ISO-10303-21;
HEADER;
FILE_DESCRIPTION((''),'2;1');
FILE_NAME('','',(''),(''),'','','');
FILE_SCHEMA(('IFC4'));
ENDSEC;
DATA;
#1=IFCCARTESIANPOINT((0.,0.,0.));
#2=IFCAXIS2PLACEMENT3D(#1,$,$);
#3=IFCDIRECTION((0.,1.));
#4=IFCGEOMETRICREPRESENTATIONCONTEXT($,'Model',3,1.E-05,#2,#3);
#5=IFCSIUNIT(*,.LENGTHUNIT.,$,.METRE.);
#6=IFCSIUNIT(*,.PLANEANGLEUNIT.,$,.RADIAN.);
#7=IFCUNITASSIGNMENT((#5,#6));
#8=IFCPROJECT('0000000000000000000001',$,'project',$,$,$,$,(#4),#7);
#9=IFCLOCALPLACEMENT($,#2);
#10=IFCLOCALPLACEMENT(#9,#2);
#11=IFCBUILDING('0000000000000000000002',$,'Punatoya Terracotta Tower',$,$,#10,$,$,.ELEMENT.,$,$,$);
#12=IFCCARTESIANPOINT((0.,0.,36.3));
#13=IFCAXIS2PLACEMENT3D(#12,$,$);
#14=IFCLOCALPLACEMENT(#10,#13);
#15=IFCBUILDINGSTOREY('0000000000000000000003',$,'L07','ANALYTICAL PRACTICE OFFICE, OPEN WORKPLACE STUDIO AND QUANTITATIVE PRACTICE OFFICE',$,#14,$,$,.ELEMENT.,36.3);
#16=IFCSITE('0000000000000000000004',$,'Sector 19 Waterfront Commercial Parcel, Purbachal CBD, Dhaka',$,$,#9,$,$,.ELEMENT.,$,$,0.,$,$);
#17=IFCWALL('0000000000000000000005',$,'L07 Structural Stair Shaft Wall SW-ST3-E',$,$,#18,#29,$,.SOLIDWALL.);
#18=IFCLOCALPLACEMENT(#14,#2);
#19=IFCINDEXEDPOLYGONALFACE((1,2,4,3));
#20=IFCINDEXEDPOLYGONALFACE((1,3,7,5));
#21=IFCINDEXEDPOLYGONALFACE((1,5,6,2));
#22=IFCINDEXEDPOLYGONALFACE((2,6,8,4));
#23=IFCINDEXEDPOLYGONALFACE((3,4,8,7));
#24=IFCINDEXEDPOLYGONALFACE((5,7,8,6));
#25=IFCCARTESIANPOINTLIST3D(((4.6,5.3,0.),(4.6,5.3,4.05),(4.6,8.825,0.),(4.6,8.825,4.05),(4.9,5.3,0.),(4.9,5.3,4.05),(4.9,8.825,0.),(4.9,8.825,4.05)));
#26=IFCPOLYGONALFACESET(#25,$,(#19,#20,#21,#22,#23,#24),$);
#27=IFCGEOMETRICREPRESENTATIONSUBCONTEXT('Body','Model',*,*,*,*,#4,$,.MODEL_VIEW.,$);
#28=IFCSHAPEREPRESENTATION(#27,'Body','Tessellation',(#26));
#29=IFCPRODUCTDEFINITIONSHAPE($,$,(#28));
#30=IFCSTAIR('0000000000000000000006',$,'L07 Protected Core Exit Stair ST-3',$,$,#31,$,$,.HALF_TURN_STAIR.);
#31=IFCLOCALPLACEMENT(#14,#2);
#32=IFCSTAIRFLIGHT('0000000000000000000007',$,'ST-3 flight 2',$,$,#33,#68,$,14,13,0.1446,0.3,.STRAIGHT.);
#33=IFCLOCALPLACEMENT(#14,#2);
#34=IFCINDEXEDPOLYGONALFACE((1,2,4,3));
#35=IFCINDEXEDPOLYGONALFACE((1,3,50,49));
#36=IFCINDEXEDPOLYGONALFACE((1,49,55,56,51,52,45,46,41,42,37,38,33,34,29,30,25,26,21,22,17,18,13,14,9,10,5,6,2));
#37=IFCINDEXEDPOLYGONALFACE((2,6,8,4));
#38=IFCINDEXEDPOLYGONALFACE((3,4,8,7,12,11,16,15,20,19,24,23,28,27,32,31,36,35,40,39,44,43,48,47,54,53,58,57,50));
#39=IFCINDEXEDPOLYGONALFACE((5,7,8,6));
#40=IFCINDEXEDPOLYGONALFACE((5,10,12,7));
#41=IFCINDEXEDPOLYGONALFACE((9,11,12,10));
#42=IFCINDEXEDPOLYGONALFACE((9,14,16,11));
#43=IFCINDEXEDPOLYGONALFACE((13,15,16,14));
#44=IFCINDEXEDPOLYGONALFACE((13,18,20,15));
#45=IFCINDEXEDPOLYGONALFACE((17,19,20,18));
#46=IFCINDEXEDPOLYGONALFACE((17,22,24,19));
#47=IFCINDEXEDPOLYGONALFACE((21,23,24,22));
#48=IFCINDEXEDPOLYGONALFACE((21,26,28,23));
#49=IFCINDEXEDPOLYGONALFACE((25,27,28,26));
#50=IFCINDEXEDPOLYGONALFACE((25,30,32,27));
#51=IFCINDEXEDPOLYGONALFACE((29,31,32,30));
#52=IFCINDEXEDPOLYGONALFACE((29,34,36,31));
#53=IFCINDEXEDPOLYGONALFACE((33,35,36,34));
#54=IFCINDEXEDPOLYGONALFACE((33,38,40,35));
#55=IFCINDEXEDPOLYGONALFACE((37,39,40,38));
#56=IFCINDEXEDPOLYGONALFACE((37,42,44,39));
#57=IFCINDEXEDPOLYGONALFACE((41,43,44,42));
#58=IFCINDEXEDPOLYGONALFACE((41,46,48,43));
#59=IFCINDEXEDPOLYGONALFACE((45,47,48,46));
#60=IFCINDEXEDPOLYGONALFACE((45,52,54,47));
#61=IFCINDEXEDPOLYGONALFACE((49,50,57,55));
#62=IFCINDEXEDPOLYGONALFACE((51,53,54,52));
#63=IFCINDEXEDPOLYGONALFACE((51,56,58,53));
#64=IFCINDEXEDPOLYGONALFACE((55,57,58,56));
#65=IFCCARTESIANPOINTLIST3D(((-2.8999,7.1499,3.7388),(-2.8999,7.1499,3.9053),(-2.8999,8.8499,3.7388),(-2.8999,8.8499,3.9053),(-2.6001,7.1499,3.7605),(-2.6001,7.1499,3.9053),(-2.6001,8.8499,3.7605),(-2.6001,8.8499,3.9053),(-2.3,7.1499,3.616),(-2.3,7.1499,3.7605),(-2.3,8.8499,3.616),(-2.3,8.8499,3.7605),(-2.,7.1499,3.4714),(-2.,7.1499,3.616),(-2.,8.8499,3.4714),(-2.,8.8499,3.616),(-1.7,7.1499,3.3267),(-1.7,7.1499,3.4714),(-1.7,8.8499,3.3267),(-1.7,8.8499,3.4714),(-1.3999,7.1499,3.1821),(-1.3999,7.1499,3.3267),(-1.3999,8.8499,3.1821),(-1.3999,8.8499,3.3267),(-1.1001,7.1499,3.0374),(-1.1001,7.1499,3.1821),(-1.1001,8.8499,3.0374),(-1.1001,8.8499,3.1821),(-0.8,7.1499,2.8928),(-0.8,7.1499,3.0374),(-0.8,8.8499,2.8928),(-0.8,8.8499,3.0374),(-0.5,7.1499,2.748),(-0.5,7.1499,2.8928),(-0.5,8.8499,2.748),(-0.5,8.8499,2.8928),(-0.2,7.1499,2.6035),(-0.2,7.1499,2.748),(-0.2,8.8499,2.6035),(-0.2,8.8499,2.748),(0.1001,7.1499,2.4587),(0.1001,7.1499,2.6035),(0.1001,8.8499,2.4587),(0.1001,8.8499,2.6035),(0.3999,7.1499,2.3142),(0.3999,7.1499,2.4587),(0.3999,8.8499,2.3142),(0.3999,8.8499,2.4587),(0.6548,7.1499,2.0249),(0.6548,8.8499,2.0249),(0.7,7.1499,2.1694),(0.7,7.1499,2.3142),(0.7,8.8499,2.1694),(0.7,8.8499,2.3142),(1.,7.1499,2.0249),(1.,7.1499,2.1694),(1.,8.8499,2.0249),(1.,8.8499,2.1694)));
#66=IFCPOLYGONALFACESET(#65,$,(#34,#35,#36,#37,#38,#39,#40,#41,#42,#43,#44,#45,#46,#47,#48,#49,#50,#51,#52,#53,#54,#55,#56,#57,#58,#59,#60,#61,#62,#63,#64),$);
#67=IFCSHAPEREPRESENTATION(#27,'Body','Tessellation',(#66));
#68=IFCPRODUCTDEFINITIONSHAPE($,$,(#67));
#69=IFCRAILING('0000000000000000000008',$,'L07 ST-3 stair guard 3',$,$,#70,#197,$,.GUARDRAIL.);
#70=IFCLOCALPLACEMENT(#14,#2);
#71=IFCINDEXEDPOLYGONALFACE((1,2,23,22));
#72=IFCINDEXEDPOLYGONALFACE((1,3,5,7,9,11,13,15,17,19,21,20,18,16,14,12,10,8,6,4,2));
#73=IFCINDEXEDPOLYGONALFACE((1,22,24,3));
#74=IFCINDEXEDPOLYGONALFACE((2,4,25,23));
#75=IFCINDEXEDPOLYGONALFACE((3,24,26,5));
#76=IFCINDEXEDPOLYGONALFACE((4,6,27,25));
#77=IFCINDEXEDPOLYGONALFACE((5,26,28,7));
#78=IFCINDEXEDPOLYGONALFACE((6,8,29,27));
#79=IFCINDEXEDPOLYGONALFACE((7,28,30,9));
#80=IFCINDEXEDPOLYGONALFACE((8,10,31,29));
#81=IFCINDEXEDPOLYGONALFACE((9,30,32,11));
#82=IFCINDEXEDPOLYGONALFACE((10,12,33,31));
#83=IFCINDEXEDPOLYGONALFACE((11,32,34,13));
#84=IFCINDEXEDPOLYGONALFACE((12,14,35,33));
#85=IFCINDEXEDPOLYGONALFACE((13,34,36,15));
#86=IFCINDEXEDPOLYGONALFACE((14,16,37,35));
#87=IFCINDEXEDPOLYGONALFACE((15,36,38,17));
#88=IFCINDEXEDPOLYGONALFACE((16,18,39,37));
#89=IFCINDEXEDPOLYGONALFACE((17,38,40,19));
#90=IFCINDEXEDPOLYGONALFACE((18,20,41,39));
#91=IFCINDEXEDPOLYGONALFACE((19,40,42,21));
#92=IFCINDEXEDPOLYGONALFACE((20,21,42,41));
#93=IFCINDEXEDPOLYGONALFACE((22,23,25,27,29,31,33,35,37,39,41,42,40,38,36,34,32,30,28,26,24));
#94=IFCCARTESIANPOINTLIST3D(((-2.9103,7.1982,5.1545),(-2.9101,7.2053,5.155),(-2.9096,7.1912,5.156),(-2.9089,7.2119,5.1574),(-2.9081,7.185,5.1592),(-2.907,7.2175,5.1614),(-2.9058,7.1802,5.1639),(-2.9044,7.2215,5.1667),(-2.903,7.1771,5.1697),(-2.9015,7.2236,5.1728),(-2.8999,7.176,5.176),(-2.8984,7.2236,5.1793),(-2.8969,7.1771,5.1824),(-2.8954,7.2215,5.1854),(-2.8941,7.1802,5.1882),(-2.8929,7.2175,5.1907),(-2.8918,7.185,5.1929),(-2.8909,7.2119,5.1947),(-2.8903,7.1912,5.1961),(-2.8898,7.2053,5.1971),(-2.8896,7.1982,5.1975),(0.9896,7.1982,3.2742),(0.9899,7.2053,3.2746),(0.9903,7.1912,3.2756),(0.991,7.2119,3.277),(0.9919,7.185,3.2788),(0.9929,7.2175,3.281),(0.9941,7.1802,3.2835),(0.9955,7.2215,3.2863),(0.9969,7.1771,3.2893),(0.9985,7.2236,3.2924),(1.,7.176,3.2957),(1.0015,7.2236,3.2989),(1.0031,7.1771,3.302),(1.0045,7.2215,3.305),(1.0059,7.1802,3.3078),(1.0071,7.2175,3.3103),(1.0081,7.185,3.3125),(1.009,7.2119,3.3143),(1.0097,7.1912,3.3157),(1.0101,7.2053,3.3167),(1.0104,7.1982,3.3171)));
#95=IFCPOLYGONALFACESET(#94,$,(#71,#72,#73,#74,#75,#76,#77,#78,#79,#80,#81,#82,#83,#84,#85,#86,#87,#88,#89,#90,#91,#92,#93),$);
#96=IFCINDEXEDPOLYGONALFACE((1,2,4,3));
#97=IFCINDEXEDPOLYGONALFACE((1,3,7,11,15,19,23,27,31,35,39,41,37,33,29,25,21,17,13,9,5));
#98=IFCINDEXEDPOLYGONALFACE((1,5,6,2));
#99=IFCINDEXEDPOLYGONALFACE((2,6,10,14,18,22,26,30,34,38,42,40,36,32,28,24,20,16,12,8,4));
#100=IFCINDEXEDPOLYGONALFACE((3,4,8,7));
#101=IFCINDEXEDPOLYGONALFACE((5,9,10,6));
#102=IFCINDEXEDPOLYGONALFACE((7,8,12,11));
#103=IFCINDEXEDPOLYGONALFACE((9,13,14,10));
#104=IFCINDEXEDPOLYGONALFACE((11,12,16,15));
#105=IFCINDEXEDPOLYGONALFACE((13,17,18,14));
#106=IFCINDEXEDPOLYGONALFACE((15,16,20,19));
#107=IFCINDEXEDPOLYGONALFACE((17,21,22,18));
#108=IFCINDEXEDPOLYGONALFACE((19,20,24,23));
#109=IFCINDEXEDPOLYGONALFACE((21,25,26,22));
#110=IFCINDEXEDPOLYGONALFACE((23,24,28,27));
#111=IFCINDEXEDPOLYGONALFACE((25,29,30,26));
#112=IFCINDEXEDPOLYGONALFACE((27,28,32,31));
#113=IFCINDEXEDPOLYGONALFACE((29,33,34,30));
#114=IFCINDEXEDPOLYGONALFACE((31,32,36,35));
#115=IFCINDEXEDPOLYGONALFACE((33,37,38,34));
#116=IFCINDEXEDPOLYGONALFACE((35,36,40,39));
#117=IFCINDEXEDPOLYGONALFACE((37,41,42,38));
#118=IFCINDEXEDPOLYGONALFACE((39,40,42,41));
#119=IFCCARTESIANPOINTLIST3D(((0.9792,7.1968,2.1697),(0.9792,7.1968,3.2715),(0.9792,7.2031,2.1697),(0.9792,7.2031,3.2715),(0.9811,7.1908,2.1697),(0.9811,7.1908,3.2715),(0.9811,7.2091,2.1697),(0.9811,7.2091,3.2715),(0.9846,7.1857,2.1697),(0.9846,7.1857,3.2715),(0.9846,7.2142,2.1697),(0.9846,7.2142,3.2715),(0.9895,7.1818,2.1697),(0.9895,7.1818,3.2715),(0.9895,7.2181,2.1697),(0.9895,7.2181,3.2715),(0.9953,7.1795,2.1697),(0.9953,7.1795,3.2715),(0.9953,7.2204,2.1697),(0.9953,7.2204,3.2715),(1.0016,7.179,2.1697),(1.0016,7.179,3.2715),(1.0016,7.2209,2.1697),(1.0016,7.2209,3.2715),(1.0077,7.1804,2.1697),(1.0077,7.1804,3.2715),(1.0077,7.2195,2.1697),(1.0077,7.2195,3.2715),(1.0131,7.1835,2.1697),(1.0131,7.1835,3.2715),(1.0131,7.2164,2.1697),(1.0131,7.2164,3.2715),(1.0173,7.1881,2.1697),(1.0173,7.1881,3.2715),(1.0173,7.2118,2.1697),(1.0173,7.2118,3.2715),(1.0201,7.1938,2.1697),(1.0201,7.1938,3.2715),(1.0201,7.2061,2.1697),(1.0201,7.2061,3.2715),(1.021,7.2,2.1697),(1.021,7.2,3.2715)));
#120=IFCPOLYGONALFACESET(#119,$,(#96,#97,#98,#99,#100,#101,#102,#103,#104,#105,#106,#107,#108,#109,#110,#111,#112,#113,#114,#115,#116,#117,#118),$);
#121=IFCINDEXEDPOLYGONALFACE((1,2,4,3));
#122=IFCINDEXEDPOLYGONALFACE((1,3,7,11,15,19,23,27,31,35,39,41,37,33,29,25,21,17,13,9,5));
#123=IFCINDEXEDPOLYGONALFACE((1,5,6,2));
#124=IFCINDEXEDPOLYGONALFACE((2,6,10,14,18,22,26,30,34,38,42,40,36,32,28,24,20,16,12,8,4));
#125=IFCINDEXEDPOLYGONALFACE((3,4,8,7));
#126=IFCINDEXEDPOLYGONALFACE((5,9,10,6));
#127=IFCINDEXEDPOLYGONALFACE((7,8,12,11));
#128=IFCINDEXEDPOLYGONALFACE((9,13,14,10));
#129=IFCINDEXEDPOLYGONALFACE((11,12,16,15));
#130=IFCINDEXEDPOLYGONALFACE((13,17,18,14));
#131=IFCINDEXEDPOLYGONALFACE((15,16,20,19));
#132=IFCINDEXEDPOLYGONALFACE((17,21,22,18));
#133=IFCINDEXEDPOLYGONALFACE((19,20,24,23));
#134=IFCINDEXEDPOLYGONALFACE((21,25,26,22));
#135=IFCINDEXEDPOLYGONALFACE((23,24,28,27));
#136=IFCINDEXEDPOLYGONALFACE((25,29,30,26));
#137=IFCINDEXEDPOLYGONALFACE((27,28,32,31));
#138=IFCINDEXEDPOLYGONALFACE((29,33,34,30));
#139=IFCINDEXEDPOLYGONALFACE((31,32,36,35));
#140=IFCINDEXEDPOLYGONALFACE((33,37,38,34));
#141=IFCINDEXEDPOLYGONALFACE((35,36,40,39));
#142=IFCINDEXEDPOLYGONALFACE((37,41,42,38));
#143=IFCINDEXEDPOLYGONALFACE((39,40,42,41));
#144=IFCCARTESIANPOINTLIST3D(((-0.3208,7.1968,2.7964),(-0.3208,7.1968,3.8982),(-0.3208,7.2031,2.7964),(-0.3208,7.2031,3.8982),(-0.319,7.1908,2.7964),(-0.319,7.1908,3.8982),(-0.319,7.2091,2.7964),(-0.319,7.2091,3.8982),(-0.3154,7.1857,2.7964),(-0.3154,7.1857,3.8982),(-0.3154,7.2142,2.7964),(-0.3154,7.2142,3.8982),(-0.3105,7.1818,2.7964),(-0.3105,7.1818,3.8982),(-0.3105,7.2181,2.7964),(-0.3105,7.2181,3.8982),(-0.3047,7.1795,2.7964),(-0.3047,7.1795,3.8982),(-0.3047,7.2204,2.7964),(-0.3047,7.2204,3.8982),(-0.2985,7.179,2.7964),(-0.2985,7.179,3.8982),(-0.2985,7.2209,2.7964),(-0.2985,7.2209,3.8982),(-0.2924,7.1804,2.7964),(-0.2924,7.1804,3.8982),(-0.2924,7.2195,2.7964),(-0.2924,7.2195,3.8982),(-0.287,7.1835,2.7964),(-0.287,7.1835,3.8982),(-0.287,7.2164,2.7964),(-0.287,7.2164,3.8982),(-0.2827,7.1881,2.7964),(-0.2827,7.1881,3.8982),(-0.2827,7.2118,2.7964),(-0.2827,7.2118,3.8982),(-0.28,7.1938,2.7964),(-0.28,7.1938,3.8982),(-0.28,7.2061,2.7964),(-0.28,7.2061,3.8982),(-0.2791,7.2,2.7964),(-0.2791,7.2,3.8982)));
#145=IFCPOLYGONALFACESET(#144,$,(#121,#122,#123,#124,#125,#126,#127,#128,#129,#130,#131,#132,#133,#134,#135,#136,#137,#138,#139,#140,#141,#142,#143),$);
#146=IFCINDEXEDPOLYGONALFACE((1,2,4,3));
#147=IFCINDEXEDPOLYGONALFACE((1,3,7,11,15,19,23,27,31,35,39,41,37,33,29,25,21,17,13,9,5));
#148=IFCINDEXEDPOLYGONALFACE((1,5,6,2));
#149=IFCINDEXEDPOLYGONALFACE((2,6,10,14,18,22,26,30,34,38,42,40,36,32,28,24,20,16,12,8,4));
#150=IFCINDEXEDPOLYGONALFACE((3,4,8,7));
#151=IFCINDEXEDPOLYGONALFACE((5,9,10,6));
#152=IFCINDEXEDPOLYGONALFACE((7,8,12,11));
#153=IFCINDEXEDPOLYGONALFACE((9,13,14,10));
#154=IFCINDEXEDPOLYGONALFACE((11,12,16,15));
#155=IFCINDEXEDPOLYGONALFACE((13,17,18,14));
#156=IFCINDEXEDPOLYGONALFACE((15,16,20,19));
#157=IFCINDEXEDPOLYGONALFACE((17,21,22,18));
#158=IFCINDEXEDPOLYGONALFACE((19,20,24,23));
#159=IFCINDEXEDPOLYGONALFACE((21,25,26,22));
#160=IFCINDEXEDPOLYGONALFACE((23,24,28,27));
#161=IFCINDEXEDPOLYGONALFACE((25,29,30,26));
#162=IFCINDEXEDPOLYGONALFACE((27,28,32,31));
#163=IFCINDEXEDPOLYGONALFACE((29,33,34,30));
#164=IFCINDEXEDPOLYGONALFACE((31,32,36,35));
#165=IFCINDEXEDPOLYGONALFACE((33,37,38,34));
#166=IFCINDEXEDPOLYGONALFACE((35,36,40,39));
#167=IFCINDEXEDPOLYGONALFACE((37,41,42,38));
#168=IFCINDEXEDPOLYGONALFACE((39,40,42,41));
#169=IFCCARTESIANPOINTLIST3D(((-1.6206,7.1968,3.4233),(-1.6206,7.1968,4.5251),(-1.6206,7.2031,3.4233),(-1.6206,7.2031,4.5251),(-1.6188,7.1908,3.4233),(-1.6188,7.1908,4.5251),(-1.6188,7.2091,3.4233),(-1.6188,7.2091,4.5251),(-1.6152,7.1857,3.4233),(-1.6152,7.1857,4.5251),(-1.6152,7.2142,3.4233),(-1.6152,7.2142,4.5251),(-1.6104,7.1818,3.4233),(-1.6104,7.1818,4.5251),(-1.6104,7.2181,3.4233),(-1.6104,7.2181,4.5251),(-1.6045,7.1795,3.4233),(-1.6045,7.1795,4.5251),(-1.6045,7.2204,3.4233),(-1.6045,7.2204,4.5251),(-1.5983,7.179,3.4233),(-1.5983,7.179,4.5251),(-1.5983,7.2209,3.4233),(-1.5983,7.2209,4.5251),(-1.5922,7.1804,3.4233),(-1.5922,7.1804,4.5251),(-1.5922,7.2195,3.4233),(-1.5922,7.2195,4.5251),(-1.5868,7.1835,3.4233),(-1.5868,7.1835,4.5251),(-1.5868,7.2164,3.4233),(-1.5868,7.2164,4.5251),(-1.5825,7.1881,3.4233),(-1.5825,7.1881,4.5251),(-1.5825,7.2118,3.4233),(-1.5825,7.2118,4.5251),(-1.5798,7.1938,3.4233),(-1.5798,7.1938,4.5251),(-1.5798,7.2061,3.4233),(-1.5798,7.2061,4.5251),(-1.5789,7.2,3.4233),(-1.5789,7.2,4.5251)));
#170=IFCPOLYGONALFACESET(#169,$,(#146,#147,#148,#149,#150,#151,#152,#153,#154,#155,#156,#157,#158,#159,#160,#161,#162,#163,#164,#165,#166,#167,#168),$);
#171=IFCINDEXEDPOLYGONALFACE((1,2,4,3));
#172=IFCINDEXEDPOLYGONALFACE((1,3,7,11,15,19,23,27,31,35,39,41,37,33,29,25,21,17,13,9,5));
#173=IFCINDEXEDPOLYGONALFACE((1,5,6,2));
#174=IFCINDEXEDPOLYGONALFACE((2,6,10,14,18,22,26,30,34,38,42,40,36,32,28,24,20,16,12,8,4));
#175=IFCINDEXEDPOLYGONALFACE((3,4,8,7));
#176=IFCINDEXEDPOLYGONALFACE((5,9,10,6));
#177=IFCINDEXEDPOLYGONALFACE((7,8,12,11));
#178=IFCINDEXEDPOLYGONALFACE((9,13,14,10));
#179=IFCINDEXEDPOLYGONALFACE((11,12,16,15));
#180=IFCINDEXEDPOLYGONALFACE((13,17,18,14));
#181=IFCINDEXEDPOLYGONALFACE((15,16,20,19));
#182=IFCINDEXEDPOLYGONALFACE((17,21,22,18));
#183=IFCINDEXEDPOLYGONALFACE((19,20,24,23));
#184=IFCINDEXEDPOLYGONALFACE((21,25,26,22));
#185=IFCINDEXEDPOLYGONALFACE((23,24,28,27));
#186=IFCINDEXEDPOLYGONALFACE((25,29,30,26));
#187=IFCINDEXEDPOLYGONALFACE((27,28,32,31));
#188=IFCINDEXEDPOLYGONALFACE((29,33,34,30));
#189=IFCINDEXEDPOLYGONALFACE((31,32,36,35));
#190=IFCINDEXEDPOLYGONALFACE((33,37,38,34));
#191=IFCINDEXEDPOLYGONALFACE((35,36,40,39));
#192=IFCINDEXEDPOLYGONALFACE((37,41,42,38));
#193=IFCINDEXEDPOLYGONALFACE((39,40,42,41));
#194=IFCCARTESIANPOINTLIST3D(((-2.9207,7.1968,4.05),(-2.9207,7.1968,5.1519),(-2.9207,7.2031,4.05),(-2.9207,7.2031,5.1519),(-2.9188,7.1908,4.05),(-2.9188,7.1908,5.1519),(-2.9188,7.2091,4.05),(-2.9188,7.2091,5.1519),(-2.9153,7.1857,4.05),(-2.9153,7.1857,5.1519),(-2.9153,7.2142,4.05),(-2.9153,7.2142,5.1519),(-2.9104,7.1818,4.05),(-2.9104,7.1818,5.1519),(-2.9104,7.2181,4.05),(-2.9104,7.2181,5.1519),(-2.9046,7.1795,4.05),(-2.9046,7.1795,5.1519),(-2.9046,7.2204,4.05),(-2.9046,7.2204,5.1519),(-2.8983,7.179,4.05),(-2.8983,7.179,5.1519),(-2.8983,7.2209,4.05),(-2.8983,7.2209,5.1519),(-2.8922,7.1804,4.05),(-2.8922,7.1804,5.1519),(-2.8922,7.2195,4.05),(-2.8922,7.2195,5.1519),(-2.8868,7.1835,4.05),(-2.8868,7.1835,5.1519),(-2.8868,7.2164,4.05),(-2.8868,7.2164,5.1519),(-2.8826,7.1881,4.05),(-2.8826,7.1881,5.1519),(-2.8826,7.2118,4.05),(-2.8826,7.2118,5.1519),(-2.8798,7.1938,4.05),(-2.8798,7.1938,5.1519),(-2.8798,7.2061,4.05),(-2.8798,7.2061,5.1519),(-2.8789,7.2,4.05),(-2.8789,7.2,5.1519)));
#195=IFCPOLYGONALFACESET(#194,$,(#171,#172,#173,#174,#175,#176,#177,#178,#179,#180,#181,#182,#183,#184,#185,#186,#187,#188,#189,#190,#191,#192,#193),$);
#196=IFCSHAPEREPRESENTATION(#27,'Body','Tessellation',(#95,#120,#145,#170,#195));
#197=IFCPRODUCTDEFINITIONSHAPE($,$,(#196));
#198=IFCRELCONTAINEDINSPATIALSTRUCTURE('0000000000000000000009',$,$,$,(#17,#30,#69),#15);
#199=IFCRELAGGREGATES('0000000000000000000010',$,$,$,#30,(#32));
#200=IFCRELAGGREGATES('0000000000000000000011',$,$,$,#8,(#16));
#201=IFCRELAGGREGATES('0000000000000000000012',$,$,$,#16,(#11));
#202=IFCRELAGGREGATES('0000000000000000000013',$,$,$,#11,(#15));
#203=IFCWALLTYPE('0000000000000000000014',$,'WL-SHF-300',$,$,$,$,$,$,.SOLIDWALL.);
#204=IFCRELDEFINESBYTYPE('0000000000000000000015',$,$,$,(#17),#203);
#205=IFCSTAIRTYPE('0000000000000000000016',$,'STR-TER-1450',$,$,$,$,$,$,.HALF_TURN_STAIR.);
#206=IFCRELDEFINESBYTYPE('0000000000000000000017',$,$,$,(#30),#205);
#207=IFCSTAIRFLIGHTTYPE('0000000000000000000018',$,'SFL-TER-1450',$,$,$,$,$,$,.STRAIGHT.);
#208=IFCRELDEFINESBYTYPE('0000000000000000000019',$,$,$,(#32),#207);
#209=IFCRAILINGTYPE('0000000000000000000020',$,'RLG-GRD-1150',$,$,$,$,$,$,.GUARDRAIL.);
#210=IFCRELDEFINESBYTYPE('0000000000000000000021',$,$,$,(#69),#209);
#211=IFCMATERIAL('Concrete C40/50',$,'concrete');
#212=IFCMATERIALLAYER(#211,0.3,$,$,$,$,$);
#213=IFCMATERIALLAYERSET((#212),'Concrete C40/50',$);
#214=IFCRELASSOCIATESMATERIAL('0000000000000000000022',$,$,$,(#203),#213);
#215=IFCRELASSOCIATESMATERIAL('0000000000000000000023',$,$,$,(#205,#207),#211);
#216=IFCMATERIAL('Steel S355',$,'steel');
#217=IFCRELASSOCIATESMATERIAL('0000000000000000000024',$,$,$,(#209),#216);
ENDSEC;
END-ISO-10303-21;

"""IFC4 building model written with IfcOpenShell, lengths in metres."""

from ifc_helpers import new_model, si_unit, direction, frame, frame_2d, origin, origin_2d, place, context, subcontext, project, spatial, polyline, rectangle, circle, outline, extrude, material, layer, layer_set, type_object, element, aggregate, save


model = new_model("IFC4")

# Units and contexts
model_context = context("Model", 3, precision=1e-05, world=origin(), true_north=direction((0.0, 1.0)))
body_context = subcontext(model_context, "Body", "Model", "MODEL_VIEW")
ifc_project = project(units=[si_unit("LENGTHUNIT", "METRE"), si_unit("PLANEANGLEUNIT", "RADIAN")], contexts=[model_context])

# Site, building, storey
site_placement = place(None, origin())
site = spatial("IfcSite", under=ifc_project, at=site_placement, Name="Sector 19 Waterfront Commercial Parcel, Purbachal CBD, Dhaka", CompositionType="ELEMENT", RefElevation=0.0)
building_placement = place(site_placement, origin())
building = spatial("IfcBuilding", under=site, at=building_placement, Name="Punatoya Terracotta Tower", CompositionType="ELEMENT")
storey_placement = place(building_placement, frame((0.0, 0.0, 36.3)))
storey = spatial("IfcBuildingStorey", under=building, at=storey_placement, Name="L07", Description="ANALYTICAL PRACTICE OFFICE, OPEN WORKPLACE STUDIO AND QUANTITATIVE PRACTICE OFFICE", CompositionType="ELEMENT", Elevation=36.3)

# Shared definitions
ifc_material_1 = material(Name="Steel S355", Category="steel")

# Wall
ifc_material_2 = material(Name="Concrete C40/50", Category="concrete")
ifc_layer_1 = layer(ifc_material_2, 0.3)
ifc_layer_set_1 = layer_set([ifc_layer_1], Name="Concrete C40/50")
wall_type_1 = type_object("IfcWallType", Name="WL-SHF-300", PredefinedType="SOLIDWALL", material=ifc_layer_set_1)
wall_1_placement = place(storey_placement, frame((4.75, 8.825, 0.0), z_axis=(0.0, 0.0, 1.0), x_axis=(0.0, -1.0, 0.0)))
element("IfcWall", 1, at=wall_1_placement, inside=storey, type_object=wall_type_1, Name="L07 Structural Stair Shaft Wall SW-ST3-E", PredefinedType="SOLIDWALL", context=body_context, shape_type="SweptSolid", body=[
    extrude(rectangle(XDim=3.5249, YDim=0.3, at=frame_2d((1.7625, 0.0))), origin(), (0.0, 0.0, 1.0), 4.05),
])

# Stair, stair flight
stair_type = type_object("IfcStairType", Name="STR-TER-1450", PredefinedType="HALF_TURN_STAIR", material=ifc_material_2)
stair_placement = place(storey_placement, origin())
stair = element("IfcStair", 2, at=stair_placement, inside=storey, type_object=stair_type, Name="L07 Protected Core Exit Stair ST-3", PredefinedType="HALF_TURN_STAIR")
stair_flight_type = type_object("IfcStairFlightType", Name="SFL-TER-1450", PredefinedType="STRAIGHT", material=ifc_material_2)
stair_flight_placement = place(storey_placement, frame((1.0, 8.0, 2.0249), z_axis=(0.0, 0.0, 1.0), x_axis=(-1.0, 0.0, 0.0)))
stair_flight = element("IfcStairFlight", 3, at=stair_flight_placement, type_object=stair_flight_type, Name="ST-3 flight 2", NumberOfRisers=14, NumberOfTreads=13, PredefinedType="STRAIGHT", RiserHeight=0.1446, TreadLength=0.3, context=body_context, shape_type="SweptSolid", body=[
    extrude(outline(polyline([(0.0, 0.0), (0.0, 0.1445), (0.3, 0.1445), (0.3, 0.2893), (0.6001, 0.2893), (0.6001, 0.4338), (0.8999, 0.4338), (0.8999, 0.5786), (1.2, 0.5786), (1.2, 0.7231), (1.5, 0.7231), (1.5, 0.8679), (1.8, 0.8679), (1.8, 1.0125), (2.1001, 1.0125), (2.1001, 1.1572), (2.3999, 1.1572), (2.3999, 1.3018), (2.7, 1.3018), (2.7, 1.4465), (3.0, 1.4465), (3.0, 1.5911), (3.3, 1.5911), (3.3, 1.7356), (3.6001, 1.7356), (3.6001, 1.8804), (3.8999, 1.8804), (3.8999, 2.0249), (3.8999, 1.7139), (0.3452, 0.0), (0.0, 0.0)])), frame((0.0, 0.8501, 0.0), z_axis=(0.0, -1.0, 0.0), x_axis=(1.0, 0.0, 0.0)), (0.0, 0.0, 1.0), 1.7),
])
aggregate(stair, [stair_flight])

# Railing
railing_type_1 = type_object("IfcRailingType", Name="RLG-GRD-1150", PredefinedType="GUARDRAIL", material=ifc_material_1)
railing_1_placement = place(storey_placement, frame((1.0, 7.2, 2.1697)))
element("IfcRailing", 4, at=railing_1_placement, inside=storey, type_object=railing_type_1, Name="L07 ST-3 stair guard 3", PredefinedType="GUARDRAIL", context=body_context, shape_type="SweptSolid", body=[
    extrude(circle(Radius=0.0239, at=origin_2d()), frame((0.0, 0.0, 1.126), z_axis=(-0.900763, 0.0, 0.434311), x_axis=(0.0, -1.0, 0.0)), (0.0, 0.0, 1.0), 4.3296),
    extrude(circle(Radius=0.021, at=origin_2d()), origin(), (0.0, 0.0, 1.0), 1.1018),
    extrude(circle(Radius=0.021, at=origin_2d()), frame((-1.3, 0.0, 0.6267)), (0.0, 0.0, 1.0), 1.1018),
    extrude(circle(Radius=0.021, at=origin_2d()), frame((-2.5999, 0.0, 1.2537)), (0.0, 0.0, 1.0), 1.1018),
    extrude(circle(Radius=0.021, at=origin_2d()), frame((-3.8999, 0.0, 1.8804)), (0.0, 0.0, 1.0), 1.1018),
])

save(model, "model.ifc")
